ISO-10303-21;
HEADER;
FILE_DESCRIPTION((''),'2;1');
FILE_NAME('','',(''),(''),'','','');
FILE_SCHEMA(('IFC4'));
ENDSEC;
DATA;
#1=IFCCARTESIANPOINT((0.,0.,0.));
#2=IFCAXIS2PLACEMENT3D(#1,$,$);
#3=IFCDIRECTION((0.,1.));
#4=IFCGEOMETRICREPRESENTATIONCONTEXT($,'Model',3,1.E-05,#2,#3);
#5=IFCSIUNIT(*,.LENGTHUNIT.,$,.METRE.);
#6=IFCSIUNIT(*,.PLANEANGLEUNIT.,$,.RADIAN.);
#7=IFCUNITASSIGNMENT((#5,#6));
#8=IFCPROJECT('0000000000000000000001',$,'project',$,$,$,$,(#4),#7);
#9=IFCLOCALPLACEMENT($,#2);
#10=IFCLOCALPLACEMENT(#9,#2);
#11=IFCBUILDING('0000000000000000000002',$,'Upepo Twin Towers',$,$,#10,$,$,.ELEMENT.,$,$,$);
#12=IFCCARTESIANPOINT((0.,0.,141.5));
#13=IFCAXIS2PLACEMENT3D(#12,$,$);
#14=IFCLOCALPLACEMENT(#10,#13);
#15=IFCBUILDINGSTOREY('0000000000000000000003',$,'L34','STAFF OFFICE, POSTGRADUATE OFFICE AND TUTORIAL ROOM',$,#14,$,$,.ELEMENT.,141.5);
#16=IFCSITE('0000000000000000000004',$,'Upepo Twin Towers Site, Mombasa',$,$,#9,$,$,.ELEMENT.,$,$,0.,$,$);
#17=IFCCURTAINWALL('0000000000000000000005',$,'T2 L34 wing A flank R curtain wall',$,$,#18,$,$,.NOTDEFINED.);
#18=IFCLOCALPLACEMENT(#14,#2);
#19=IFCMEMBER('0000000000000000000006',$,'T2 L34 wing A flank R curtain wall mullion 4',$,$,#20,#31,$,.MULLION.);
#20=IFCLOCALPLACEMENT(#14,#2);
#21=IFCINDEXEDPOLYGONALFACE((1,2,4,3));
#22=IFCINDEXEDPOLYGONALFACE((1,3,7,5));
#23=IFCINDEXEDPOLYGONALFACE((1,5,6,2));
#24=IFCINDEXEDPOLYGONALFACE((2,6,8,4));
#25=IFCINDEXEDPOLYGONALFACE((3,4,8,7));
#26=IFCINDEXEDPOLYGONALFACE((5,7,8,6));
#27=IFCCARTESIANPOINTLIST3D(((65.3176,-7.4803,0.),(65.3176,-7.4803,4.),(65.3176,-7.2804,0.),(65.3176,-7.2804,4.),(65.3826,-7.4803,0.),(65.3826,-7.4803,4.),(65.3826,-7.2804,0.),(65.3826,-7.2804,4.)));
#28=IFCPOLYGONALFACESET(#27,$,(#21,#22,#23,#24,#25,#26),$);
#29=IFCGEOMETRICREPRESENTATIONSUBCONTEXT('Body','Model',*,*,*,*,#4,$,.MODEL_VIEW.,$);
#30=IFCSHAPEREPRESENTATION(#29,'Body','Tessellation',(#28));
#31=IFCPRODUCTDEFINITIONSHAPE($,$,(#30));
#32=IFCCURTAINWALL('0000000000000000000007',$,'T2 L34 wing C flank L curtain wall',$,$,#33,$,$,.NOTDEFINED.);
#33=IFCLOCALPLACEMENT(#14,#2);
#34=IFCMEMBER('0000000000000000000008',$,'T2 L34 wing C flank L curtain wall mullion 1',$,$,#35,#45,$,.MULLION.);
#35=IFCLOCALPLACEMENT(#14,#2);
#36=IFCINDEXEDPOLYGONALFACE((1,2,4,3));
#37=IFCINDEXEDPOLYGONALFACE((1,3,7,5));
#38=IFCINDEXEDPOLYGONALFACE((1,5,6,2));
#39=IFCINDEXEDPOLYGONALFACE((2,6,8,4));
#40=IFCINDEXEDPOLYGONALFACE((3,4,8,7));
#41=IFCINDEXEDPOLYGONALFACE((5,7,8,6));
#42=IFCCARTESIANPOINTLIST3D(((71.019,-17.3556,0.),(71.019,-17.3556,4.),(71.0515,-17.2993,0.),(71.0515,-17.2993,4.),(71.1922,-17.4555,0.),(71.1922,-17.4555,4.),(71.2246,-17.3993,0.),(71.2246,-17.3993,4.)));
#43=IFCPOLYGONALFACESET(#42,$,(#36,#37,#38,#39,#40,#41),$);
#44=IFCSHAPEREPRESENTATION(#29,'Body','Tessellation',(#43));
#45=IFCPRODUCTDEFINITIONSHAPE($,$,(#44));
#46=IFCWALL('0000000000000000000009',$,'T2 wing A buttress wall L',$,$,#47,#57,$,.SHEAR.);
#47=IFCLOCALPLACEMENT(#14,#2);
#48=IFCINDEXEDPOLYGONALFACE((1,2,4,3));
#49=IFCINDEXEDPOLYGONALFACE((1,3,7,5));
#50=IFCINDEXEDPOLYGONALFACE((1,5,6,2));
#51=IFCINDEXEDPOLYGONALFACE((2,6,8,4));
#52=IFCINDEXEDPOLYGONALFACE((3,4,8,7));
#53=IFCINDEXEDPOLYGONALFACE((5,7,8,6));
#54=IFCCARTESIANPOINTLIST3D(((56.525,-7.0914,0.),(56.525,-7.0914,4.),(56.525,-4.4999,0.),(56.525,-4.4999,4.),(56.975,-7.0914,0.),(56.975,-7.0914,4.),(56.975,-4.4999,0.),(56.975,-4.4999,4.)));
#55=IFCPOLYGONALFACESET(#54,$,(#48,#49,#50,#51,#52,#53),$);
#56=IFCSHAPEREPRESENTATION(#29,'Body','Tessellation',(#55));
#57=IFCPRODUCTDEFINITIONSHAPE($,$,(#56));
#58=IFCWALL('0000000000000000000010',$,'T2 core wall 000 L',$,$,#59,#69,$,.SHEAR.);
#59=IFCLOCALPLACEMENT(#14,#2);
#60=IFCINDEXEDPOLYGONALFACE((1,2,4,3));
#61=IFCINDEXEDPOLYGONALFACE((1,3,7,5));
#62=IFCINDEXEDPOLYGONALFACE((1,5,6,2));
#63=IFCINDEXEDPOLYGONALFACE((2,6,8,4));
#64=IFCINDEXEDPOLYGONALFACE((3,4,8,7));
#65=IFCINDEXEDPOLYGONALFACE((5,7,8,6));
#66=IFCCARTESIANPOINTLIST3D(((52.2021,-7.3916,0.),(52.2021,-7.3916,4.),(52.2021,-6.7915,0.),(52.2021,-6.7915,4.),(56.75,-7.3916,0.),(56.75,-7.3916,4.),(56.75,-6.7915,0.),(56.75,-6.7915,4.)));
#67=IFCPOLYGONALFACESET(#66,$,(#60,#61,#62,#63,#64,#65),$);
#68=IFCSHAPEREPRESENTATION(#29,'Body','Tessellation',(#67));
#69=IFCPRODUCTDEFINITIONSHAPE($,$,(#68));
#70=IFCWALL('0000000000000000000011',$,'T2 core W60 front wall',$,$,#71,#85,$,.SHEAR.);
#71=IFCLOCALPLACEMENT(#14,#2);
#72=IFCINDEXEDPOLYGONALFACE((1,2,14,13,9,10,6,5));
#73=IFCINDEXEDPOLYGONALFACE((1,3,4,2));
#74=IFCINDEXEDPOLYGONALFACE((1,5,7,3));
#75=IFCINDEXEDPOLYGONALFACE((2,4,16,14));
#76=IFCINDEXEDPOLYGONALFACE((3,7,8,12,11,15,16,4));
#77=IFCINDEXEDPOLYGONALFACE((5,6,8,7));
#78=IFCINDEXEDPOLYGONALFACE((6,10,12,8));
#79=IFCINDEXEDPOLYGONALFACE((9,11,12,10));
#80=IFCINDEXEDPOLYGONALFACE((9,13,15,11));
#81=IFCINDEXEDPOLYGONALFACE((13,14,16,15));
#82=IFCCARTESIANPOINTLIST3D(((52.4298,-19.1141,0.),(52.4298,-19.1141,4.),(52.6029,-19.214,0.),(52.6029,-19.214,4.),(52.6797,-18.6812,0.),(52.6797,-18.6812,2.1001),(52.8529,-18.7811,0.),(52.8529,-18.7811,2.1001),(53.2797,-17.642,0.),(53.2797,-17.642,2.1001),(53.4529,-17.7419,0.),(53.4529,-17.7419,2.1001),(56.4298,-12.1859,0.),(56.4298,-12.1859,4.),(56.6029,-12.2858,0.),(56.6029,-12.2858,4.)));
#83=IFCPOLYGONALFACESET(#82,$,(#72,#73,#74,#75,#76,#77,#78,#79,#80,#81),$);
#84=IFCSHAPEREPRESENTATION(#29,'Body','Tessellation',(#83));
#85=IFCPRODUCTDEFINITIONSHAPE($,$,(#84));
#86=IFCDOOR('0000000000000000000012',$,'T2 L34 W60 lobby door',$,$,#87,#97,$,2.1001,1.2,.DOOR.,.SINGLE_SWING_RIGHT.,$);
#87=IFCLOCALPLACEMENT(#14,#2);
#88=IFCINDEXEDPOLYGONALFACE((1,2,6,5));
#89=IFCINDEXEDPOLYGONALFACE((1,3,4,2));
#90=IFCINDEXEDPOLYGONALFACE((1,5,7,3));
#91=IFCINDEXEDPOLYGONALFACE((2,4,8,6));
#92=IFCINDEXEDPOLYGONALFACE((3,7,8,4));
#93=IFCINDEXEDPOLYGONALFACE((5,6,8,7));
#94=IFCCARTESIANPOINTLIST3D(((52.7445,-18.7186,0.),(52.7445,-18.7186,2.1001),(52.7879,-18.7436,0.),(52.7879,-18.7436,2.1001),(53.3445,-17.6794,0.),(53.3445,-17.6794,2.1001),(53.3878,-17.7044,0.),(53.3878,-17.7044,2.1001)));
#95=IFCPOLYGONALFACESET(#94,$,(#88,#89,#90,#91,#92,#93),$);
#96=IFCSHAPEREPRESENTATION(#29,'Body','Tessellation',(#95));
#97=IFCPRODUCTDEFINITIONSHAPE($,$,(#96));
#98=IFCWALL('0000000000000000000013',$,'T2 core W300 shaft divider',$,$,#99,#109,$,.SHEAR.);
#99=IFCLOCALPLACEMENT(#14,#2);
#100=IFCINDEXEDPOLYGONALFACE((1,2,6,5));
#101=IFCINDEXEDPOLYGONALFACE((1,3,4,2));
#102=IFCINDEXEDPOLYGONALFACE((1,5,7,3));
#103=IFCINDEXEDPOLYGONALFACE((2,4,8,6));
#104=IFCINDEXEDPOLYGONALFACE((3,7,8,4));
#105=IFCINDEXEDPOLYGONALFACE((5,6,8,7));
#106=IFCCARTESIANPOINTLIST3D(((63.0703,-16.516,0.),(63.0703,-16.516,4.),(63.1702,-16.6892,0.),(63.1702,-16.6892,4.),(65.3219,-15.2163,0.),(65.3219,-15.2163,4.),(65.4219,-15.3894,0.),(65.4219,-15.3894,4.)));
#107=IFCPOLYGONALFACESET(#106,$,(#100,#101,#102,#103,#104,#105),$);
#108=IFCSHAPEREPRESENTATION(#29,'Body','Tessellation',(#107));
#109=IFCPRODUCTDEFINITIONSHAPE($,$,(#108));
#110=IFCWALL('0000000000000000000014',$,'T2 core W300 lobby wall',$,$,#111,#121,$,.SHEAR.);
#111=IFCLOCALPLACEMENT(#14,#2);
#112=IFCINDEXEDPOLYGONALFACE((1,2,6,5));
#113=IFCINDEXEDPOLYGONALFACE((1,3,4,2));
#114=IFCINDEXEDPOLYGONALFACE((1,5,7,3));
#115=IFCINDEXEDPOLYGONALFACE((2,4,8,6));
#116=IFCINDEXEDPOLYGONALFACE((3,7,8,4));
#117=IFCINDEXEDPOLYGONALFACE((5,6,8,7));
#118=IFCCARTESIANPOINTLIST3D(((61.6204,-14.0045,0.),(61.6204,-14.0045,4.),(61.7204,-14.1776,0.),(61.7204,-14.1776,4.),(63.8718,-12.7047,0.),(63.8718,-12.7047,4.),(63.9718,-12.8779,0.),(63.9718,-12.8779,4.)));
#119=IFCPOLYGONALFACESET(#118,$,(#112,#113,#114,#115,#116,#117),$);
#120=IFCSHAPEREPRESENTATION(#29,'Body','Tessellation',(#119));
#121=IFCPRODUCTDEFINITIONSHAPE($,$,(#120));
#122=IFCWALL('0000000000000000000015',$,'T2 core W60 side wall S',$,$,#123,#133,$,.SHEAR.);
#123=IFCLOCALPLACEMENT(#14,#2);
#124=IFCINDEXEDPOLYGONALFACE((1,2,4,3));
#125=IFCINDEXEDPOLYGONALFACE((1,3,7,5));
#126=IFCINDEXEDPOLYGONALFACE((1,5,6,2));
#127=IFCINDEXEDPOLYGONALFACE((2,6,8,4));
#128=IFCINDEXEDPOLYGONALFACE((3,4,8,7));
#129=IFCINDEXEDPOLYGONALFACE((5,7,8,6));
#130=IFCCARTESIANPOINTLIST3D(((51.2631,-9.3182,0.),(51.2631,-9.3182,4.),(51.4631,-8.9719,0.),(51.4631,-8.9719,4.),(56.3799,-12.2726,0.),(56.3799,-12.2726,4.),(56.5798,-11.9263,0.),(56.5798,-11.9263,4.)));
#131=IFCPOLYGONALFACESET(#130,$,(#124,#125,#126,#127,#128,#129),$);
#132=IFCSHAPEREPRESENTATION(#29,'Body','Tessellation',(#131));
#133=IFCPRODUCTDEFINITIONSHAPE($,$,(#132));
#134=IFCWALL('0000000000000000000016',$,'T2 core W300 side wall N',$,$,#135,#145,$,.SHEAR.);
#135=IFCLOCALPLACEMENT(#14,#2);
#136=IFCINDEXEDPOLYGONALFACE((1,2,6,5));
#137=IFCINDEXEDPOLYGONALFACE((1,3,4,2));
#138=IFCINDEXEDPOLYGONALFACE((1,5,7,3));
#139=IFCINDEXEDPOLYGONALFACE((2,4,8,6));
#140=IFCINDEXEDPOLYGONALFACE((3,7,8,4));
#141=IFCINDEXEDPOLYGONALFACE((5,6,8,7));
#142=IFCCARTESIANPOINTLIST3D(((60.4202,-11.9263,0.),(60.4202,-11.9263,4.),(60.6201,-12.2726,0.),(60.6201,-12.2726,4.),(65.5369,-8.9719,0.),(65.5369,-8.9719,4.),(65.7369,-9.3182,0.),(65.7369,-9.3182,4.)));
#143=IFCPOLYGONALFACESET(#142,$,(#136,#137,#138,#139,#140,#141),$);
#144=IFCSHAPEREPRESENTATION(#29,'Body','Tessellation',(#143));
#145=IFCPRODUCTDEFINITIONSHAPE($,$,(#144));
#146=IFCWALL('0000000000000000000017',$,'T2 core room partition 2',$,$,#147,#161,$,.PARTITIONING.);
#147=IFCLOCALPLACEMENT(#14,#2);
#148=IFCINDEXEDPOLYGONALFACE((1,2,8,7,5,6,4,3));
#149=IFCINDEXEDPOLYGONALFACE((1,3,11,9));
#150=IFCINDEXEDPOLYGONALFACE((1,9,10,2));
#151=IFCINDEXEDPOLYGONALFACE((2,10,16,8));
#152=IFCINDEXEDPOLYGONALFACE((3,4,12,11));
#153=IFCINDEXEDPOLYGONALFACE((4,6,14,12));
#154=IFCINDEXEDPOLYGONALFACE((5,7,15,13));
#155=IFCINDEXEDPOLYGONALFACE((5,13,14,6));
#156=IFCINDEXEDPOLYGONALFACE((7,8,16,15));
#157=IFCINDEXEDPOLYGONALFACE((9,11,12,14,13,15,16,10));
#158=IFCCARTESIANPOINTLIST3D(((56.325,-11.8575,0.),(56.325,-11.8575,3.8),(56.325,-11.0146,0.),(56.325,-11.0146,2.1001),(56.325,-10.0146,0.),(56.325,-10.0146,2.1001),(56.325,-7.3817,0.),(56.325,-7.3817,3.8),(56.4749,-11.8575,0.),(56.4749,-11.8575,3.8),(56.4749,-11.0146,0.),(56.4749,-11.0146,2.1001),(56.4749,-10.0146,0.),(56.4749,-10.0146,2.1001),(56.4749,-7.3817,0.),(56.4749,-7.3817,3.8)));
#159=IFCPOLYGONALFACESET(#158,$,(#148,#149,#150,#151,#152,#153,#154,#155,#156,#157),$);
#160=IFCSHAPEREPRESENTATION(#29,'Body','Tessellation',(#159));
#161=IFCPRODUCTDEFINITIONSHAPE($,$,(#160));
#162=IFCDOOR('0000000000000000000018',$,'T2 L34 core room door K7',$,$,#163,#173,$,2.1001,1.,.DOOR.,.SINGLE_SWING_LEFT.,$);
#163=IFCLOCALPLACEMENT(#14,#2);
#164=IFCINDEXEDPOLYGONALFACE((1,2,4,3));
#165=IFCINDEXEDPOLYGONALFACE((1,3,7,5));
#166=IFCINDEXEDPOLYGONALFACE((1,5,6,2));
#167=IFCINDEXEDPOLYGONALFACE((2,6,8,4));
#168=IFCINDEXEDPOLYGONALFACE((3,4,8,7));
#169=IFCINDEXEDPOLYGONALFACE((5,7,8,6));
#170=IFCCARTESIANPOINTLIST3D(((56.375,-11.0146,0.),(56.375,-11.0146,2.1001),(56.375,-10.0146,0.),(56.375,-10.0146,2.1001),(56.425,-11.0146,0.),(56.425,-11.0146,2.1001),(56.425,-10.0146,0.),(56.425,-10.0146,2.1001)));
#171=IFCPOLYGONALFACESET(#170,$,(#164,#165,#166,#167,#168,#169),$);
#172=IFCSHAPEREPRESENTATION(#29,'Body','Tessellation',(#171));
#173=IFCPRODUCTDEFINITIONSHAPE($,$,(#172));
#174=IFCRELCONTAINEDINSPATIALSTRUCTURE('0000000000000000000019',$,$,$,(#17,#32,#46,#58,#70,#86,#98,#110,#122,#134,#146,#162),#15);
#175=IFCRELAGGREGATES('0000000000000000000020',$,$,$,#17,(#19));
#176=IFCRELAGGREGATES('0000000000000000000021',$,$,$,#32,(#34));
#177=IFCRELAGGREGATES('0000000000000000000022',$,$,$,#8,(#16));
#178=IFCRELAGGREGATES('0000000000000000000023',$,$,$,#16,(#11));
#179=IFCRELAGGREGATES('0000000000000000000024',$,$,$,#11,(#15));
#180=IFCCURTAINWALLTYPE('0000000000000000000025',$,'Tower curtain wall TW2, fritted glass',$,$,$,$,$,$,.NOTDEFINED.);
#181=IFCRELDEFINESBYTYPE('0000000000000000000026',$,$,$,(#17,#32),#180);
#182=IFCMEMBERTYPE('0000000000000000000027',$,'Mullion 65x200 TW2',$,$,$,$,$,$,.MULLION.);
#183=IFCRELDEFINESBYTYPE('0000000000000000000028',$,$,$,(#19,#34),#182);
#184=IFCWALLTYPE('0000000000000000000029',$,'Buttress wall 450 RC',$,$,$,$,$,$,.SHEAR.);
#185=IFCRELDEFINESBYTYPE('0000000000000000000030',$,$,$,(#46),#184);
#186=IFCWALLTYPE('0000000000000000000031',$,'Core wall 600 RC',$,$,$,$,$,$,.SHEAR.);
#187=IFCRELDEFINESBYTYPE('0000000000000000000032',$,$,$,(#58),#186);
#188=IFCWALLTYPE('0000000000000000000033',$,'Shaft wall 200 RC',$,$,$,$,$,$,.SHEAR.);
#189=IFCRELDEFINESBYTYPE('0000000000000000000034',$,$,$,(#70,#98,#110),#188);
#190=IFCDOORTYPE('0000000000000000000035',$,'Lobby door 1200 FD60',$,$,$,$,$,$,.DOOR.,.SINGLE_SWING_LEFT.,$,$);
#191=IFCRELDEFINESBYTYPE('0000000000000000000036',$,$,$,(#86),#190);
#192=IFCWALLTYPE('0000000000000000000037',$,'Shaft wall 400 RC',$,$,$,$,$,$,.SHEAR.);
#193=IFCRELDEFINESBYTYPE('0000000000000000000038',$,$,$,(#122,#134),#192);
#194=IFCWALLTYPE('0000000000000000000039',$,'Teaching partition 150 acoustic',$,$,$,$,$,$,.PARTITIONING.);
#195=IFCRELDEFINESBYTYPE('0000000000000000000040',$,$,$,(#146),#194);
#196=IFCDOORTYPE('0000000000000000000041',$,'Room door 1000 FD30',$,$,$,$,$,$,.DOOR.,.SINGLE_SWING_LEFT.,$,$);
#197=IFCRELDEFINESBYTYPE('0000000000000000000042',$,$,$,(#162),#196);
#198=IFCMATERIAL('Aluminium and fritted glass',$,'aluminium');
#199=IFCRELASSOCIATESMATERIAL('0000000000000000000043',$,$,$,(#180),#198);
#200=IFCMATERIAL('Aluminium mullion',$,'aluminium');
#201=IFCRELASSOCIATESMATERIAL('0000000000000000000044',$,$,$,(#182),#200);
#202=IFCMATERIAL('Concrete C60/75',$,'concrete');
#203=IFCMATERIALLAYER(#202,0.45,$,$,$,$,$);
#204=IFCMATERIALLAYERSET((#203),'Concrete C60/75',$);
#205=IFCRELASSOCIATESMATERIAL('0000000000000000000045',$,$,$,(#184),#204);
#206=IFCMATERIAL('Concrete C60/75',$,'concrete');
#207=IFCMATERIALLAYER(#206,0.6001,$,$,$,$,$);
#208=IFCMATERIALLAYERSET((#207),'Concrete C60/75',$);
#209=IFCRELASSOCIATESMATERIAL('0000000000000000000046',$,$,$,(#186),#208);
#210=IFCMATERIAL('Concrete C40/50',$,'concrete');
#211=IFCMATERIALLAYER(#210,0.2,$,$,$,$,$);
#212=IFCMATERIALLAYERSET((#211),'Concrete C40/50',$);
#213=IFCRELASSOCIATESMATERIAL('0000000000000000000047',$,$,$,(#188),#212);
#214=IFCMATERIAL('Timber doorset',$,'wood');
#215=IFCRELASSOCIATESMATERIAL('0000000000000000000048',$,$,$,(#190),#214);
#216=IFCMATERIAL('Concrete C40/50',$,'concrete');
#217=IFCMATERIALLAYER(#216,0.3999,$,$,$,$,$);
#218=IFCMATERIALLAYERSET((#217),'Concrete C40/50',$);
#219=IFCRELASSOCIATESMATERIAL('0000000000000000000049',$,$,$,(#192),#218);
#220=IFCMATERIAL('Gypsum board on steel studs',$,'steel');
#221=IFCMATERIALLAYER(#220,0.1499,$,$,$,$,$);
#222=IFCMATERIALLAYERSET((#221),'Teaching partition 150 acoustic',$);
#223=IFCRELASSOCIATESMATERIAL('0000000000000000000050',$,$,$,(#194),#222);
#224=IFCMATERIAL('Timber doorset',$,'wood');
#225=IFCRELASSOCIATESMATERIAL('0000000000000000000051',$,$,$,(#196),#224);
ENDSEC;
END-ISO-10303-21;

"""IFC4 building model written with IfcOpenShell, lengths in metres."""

from ifc_helpers import new_model, si_unit, direction, frame, frame_2d, origin, origin_2d, place, context, subcontext, project, spatial, rectangle, extrude, material, layer, layer_set, material_profile, profile_set, type_object, element, fill, aggregate, save


model = new_model("IFC4")

# Units and contexts
model_context = context("Model", 3, precision=1e-05, world=origin(), true_north=direction((0.0, 1.0)))
body_context = subcontext(model_context, "Body", "Model", "MODEL_VIEW")
ifc_project = project(units=[si_unit("LENGTHUNIT", "METRE"), si_unit("PLANEANGLEUNIT", "RADIAN")], contexts=[model_context])

# Site, building, storey
site_placement = place(None, origin())
site = spatial("IfcSite", under=ifc_project, at=site_placement, Name="Upepo Twin Towers Site, Mombasa", CompositionType="ELEMENT", RefElevation=0.0)
building_placement = place(site_placement, origin())
building = spatial("IfcBuilding", under=site, at=building_placement, Name="Upepo Twin Towers", CompositionType="ELEMENT")
storey_placement = place(building_placement, frame((0.0, 0.0, 141.5)))
storey = spatial("IfcBuildingStorey", under=building, at=storey_placement, Name="L34", Description="STAFF OFFICE, POSTGRADUATE OFFICE AND TUTORIAL ROOM", CompositionType="ELEMENT", Elevation=141.5)

# Curtain walls, members
ifc_material_1 = material(Name="Aluminium and fritted glass", Category="aluminium")
curtain_wall_type = type_object("IfcCurtainWallType", Name="Tower curtain wall TW2, fritted glass", PredefinedType="NOTDEFINED", material=ifc_material_1)
curtain_wall_1_placement = place(storey_placement, origin())
curtain_wall_1 = element("IfcCurtainWall", 1, at=curtain_wall_1_placement, inside=storey, type_object=curtain_wall_type, Name="T2 L34 wing A flank R curtain wall", PredefinedType="NOTDEFINED")
ifc_material_2 = material(Name="Aluminium mullion", Category="aluminium")
ifc_material_profile = material_profile(ifc_material_2, rectangle(XDim=0.0649, YDim=0.2, at=origin_2d()), Name="MULLION 65x200")
ifc_profile_set = profile_set([ifc_material_profile], Name="Aluminium mullion")
member_type = type_object("IfcMemberType", Name="Mullion 65x200 TW2", PredefinedType="MULLION", material=ifc_profile_set)
member_1_placement = place(storey_placement, frame((65.3501, -7.3804, 0.0), z_axis=(0.0, 0.0, 1.0), x_axis=(1.0, 0.0, 0.0)))
member_1 = element("IfcMember", 2, at=member_1_placement, type_object=member_type, Name="T2 L34 wing A flank R curtain wall mullion 4", PredefinedType="MULLION", context=body_context, shape_type="SweptSolid", body=[
    extrude(rectangle(XDim=0.0649, YDim=0.2, at=origin_2d()), origin(), (0.0, 0.0, 1.0), 4.0),
])
aggregate(curtain_wall_1, [member_1])
curtain_wall_2_placement = place(storey_placement, origin())
curtain_wall_2 = element("IfcCurtainWall", 3, at=curtain_wall_2_placement, inside=storey, type_object=curtain_wall_type, Name="T2 L34 wing C flank L curtain wall", PredefinedType="NOTDEFINED")
member_2_placement = place(storey_placement, frame((71.1218, -17.3774, 0.0), z_axis=(0.0, 0.0, 1.0), x_axis=(0.5, 0.866025, 0.0)))
member_2 = element("IfcMember", 4, at=member_2_placement, type_object=member_type, Name="T2 L34 wing C flank L curtain wall mullion 1", PredefinedType="MULLION", context=body_context, shape_type="SweptSolid", body=[
    extrude(rectangle(XDim=0.0649, YDim=0.2, at=origin_2d()), origin(), (0.0, 0.0, 1.0), 4.0),
])
aggregate(curtain_wall_2, [member_2])

# Walls
ifc_material_3 = material(Name="Concrete C60/75", Category="concrete")
ifc_layer_1 = layer(ifc_material_3, 0.45)
ifc_layer_set_1 = layer_set([ifc_layer_1], Name="Concrete C60/75")
wall_type_1 = type_object("IfcWallType", Name="Buttress wall 450 RC", PredefinedType="SHEAR", material=ifc_layer_set_1)
wall_1_placement = place(storey_placement, frame((56.75, -7.0916, 0.0), z_axis=(0.0, 0.0, 1.0), x_axis=(0.0, 1.0, 0.0)))
element("IfcWall", 5, at=wall_1_placement, inside=storey, type_object=wall_type_1, Name="T2 wing A buttress wall L", PredefinedType="SHEAR", context=body_context, shape_type="SweptSolid", body=[
    extrude(rectangle(XDim=2.5916, YDim=0.45, at=frame_2d((1.2959, 0.0))), origin(), (0.0, 0.0, 1.0), 4.0),
])
ifc_material_4 = material(Name="Concrete C60/75", Category="concrete")
ifc_layer_2 = layer(ifc_material_4, 0.6001)
ifc_layer_set_2 = layer_set([ifc_layer_2], Name="Concrete C60/75")
wall_type_2 = type_object("IfcWallType", Name="Core wall 600 RC", PredefinedType="SHEAR", material=ifc_layer_set_2)
wall_2_placement = place(storey_placement, frame((56.75, -7.0916, 0.0), z_axis=(0.0, 0.0, 1.0), x_axis=(-1.0, 0.0, 0.0)))
element("IfcWall", 6, at=wall_2_placement, inside=storey, type_object=wall_type_2, Name="T2 core wall 000 L", PredefinedType="SHEAR", context=body_context, shape_type="SweptSolid", body=[
    extrude(rectangle(XDim=4.5479, YDim=0.6001, at=frame_2d((2.2739, 0.0))), origin(), (0.0, 0.0, 1.0), 4.0),
])

# Wall, opening, door
ifc_material_5 = material(Name="Concrete C40/50", Category="concrete")
ifc_layer_3 = layer(ifc_material_5, 0.2)
ifc_layer_set_3 = layer_set([ifc_layer_3], Name="Concrete C40/50")
wall_type_3 = type_object("IfcWallType", Name="Shaft wall 200 RC", PredefinedType="SHEAR", material=ifc_layer_set_3)
wall_3_placement = place(storey_placement, frame((56.5164, -12.2358, 0.0), z_axis=(0.0, 0.0, 1.0), x_axis=(-0.499999, -0.866026, 0.0)))
wall_3 = element("IfcWall", 7, at=wall_3_placement, inside=storey, type_object=wall_type_3, Name="T2 core W60 front wall", PredefinedType="SHEAR", context=body_context, shape_type="SweptSolid", body=[
    extrude(rectangle(XDim=8.0, YDim=0.2, at=frame_2d((4.0, 0.0))), origin(), (0.0, 0.0, 1.0), 4.0),
])
opening_1_placement = place(wall_3_placement, frame((6.3, 0.0, 0.0)))
opening_1 = element("IfcOpeningElement", 8, at=opening_1_placement, cuts=wall_3, PredefinedType="OPENING", context=body_context, shape_type="SweptSolid", body=[
    extrude(rectangle(XDim=1.2, YDim=2.1001, at=frame_2d((0.6001, 1.05))), frame((0.0, 0.1099, 0.0), z_axis=(0.0, -1.0, 0.0), x_axis=(1.0, 0.0, 0.0)), (0.0, 0.0, 1.0), 0.22),
])
ifc_material_6 = material(Name="Timber doorset", Category="wood")
door_type_1 = type_object("IfcDoorType", Name="Lobby door 1200 FD60", OperationType="SINGLE_SWING_LEFT", PredefinedType="DOOR", material=ifc_material_6)
door_1_placement = place(opening_1_placement, origin())
door_1 = element("IfcDoor", 9, at=door_1_placement, inside=storey, type_object=door_type_1, Name="T2 L34 W60 lobby door", OperationType="SINGLE_SWING_RIGHT", OverallHeight=2.1001, OverallWidth=1.2, PredefinedType="DOOR", context=body_context, shape_type="SweptSolid", body=[
    extrude(rectangle(XDim=1.2, YDim=2.1001, at=frame_2d((0.6001, 1.05))), frame((0.0, 0.0249, 0.0), z_axis=(0.0, -1.0, 0.0), x_axis=(1.0, 0.0, 0.0)), (0.0, 0.0, 1.0), 0.05),
])
fill(opening_1, door_1)

# Walls
wall_4_placement = place(storey_placement, frame((63.1204, -16.6025, 0.0), z_axis=(0.0, 0.0, 1.0), x_axis=(0.866062, 0.499937, 0.0)))
element("IfcWall", 10, at=wall_4_placement, inside=storey, type_object=wall_type_3, Name="T2 core W300 shaft divider", PredefinedType="SHEAR", context=body_context, shape_type="SweptSolid", body=[
    extrude(rectangle(XDim=2.5999, YDim=0.2, at=frame_2d((1.2998, 0.0))), origin(), (0.0, 0.0, 1.0), 4.0),
])
wall_5_placement = place(storey_placement, frame((61.6704, -14.0911, 0.0), z_axis=(0.0, 0.0, 1.0), x_axis=(0.866039, 0.499977, 0.0)))
element("IfcWall", 11, at=wall_5_placement, inside=storey, type_object=wall_type_3, Name="T2 core W300 lobby wall", PredefinedType="SHEAR", context=body_context, shape_type="SweptSolid", body=[
    extrude(rectangle(XDim=2.5996, YDim=0.2, at=frame_2d((1.2998, 0.0))), origin(), (0.0, 0.0, 1.0), 4.0),
])
ifc_material_7 = material(Name="Concrete C40/50", Category="concrete")
ifc_layer_4 = layer(ifc_material_7, 0.3999)
ifc_layer_set_4 = layer_set([ifc_layer_4], Name="Concrete C40/50")
wall_type_4 = type_object("IfcWallType", Name="Shaft wall 400 RC", PredefinedType="SHEAR", material=ifc_layer_set_4)
for number, where, z_axis, x_axis, name in (
    (12, (56.4797, -12.0994, 0.0), (0.0, 0.0, 1.0), (-0.866009, 0.500028, 0.0), "T2 core W60 side wall S"),
    (13, (60.5203, -12.0994, 0.0), (0.0, 0.0, 1.0), (0.866009, 0.500028, 0.0), "T2 core W300 side wall N"),
):
    element("IfcWall", number, at=place(storey_placement, frame(where, z_axis=z_axis, x_axis=x_axis)), inside=storey, type_object=wall_type_4, Name=name, PredefinedType="SHEAR", context=body_context, shape_type="SweptSolid", body=[
        extrude(rectangle(XDim=5.9084, YDim=0.3999, at=frame_2d((2.9541, 0.0))), origin(), (0.0, 0.0, 1.0), 4.0),
    ])

# Wall, opening, door
ifc_material_8 = material(Name="Gypsum board on steel studs", Category="steel")
ifc_layer_5 = layer(ifc_material_8, 0.1499)
ifc_layer_set_5 = layer_set([ifc_layer_5], Name="Teaching partition 150 acoustic")
wall_type_5 = type_object("IfcWallType", Name="Teaching partition 150 acoustic", PredefinedType="PARTITIONING", material=ifc_layer_set_5)
wall_6_placement = place(storey_placement, frame((56.3999, -11.8574, 0.0), z_axis=(0.0, 0.0, 1.0), x_axis=(0.0, 1.0, 0.0)))
wall_6 = element("IfcWall", 14, at=wall_6_placement, inside=storey, type_object=wall_type_5, Name="T2 core room partition 2", PredefinedType="PARTITIONING", context=body_context, shape_type="SweptSolid", body=[
    extrude(rectangle(XDim=4.4758, YDim=0.1499, at=frame_2d((2.2378, 0.0))), origin(), (0.0, 0.0, 1.0), 3.8),
])
opening_2_placement = place(wall_6_placement, frame((0.8428, 0.0, 0.0)))
opening_2 = element("IfcOpeningElement", 15, at=opening_2_placement, cuts=wall_6, PredefinedType="OPENING", context=body_context, shape_type="SweptSolid", body=[
    extrude(rectangle(XDim=1.0, YDim=2.1001, at=frame_2d((0.5, 1.05))), frame((0.0, 0.085, 0.0), z_axis=(0.0, -1.0, 0.0), x_axis=(1.0, 0.0, 0.0)), (0.0, 0.0, 1.0), 0.1699),
])
ifc_material_9 = material(Name="Timber doorset", Category="wood")
door_type_2 = type_object("IfcDoorType", Name="Room door 1000 FD30", OperationType="SINGLE_SWING_LEFT", PredefinedType="DOOR", material=ifc_material_9)
door_2_placement = place(opening_2_placement, origin())
door_2 = element("IfcDoor", 16, at=door_2_placement, inside=storey, type_object=door_type_2, Name="T2 L34 core room door K7", OperationType="SINGLE_SWING_LEFT", OverallHeight=2.1001, OverallWidth=1.0, PredefinedType="DOOR", context=body_context, shape_type="SweptSolid", body=[
    extrude(rectangle(XDim=1.0, YDim=2.1001, at=frame_2d((0.5, 1.05))), frame((0.0, 0.0249, 0.0), z_axis=(0.0, -1.0, 0.0), x_axis=(1.0, 0.0, 0.0)), (0.0, 0.0, 1.0), 0.05),
])
fill(opening_2, door_2)

save(model, "model.ifc")
